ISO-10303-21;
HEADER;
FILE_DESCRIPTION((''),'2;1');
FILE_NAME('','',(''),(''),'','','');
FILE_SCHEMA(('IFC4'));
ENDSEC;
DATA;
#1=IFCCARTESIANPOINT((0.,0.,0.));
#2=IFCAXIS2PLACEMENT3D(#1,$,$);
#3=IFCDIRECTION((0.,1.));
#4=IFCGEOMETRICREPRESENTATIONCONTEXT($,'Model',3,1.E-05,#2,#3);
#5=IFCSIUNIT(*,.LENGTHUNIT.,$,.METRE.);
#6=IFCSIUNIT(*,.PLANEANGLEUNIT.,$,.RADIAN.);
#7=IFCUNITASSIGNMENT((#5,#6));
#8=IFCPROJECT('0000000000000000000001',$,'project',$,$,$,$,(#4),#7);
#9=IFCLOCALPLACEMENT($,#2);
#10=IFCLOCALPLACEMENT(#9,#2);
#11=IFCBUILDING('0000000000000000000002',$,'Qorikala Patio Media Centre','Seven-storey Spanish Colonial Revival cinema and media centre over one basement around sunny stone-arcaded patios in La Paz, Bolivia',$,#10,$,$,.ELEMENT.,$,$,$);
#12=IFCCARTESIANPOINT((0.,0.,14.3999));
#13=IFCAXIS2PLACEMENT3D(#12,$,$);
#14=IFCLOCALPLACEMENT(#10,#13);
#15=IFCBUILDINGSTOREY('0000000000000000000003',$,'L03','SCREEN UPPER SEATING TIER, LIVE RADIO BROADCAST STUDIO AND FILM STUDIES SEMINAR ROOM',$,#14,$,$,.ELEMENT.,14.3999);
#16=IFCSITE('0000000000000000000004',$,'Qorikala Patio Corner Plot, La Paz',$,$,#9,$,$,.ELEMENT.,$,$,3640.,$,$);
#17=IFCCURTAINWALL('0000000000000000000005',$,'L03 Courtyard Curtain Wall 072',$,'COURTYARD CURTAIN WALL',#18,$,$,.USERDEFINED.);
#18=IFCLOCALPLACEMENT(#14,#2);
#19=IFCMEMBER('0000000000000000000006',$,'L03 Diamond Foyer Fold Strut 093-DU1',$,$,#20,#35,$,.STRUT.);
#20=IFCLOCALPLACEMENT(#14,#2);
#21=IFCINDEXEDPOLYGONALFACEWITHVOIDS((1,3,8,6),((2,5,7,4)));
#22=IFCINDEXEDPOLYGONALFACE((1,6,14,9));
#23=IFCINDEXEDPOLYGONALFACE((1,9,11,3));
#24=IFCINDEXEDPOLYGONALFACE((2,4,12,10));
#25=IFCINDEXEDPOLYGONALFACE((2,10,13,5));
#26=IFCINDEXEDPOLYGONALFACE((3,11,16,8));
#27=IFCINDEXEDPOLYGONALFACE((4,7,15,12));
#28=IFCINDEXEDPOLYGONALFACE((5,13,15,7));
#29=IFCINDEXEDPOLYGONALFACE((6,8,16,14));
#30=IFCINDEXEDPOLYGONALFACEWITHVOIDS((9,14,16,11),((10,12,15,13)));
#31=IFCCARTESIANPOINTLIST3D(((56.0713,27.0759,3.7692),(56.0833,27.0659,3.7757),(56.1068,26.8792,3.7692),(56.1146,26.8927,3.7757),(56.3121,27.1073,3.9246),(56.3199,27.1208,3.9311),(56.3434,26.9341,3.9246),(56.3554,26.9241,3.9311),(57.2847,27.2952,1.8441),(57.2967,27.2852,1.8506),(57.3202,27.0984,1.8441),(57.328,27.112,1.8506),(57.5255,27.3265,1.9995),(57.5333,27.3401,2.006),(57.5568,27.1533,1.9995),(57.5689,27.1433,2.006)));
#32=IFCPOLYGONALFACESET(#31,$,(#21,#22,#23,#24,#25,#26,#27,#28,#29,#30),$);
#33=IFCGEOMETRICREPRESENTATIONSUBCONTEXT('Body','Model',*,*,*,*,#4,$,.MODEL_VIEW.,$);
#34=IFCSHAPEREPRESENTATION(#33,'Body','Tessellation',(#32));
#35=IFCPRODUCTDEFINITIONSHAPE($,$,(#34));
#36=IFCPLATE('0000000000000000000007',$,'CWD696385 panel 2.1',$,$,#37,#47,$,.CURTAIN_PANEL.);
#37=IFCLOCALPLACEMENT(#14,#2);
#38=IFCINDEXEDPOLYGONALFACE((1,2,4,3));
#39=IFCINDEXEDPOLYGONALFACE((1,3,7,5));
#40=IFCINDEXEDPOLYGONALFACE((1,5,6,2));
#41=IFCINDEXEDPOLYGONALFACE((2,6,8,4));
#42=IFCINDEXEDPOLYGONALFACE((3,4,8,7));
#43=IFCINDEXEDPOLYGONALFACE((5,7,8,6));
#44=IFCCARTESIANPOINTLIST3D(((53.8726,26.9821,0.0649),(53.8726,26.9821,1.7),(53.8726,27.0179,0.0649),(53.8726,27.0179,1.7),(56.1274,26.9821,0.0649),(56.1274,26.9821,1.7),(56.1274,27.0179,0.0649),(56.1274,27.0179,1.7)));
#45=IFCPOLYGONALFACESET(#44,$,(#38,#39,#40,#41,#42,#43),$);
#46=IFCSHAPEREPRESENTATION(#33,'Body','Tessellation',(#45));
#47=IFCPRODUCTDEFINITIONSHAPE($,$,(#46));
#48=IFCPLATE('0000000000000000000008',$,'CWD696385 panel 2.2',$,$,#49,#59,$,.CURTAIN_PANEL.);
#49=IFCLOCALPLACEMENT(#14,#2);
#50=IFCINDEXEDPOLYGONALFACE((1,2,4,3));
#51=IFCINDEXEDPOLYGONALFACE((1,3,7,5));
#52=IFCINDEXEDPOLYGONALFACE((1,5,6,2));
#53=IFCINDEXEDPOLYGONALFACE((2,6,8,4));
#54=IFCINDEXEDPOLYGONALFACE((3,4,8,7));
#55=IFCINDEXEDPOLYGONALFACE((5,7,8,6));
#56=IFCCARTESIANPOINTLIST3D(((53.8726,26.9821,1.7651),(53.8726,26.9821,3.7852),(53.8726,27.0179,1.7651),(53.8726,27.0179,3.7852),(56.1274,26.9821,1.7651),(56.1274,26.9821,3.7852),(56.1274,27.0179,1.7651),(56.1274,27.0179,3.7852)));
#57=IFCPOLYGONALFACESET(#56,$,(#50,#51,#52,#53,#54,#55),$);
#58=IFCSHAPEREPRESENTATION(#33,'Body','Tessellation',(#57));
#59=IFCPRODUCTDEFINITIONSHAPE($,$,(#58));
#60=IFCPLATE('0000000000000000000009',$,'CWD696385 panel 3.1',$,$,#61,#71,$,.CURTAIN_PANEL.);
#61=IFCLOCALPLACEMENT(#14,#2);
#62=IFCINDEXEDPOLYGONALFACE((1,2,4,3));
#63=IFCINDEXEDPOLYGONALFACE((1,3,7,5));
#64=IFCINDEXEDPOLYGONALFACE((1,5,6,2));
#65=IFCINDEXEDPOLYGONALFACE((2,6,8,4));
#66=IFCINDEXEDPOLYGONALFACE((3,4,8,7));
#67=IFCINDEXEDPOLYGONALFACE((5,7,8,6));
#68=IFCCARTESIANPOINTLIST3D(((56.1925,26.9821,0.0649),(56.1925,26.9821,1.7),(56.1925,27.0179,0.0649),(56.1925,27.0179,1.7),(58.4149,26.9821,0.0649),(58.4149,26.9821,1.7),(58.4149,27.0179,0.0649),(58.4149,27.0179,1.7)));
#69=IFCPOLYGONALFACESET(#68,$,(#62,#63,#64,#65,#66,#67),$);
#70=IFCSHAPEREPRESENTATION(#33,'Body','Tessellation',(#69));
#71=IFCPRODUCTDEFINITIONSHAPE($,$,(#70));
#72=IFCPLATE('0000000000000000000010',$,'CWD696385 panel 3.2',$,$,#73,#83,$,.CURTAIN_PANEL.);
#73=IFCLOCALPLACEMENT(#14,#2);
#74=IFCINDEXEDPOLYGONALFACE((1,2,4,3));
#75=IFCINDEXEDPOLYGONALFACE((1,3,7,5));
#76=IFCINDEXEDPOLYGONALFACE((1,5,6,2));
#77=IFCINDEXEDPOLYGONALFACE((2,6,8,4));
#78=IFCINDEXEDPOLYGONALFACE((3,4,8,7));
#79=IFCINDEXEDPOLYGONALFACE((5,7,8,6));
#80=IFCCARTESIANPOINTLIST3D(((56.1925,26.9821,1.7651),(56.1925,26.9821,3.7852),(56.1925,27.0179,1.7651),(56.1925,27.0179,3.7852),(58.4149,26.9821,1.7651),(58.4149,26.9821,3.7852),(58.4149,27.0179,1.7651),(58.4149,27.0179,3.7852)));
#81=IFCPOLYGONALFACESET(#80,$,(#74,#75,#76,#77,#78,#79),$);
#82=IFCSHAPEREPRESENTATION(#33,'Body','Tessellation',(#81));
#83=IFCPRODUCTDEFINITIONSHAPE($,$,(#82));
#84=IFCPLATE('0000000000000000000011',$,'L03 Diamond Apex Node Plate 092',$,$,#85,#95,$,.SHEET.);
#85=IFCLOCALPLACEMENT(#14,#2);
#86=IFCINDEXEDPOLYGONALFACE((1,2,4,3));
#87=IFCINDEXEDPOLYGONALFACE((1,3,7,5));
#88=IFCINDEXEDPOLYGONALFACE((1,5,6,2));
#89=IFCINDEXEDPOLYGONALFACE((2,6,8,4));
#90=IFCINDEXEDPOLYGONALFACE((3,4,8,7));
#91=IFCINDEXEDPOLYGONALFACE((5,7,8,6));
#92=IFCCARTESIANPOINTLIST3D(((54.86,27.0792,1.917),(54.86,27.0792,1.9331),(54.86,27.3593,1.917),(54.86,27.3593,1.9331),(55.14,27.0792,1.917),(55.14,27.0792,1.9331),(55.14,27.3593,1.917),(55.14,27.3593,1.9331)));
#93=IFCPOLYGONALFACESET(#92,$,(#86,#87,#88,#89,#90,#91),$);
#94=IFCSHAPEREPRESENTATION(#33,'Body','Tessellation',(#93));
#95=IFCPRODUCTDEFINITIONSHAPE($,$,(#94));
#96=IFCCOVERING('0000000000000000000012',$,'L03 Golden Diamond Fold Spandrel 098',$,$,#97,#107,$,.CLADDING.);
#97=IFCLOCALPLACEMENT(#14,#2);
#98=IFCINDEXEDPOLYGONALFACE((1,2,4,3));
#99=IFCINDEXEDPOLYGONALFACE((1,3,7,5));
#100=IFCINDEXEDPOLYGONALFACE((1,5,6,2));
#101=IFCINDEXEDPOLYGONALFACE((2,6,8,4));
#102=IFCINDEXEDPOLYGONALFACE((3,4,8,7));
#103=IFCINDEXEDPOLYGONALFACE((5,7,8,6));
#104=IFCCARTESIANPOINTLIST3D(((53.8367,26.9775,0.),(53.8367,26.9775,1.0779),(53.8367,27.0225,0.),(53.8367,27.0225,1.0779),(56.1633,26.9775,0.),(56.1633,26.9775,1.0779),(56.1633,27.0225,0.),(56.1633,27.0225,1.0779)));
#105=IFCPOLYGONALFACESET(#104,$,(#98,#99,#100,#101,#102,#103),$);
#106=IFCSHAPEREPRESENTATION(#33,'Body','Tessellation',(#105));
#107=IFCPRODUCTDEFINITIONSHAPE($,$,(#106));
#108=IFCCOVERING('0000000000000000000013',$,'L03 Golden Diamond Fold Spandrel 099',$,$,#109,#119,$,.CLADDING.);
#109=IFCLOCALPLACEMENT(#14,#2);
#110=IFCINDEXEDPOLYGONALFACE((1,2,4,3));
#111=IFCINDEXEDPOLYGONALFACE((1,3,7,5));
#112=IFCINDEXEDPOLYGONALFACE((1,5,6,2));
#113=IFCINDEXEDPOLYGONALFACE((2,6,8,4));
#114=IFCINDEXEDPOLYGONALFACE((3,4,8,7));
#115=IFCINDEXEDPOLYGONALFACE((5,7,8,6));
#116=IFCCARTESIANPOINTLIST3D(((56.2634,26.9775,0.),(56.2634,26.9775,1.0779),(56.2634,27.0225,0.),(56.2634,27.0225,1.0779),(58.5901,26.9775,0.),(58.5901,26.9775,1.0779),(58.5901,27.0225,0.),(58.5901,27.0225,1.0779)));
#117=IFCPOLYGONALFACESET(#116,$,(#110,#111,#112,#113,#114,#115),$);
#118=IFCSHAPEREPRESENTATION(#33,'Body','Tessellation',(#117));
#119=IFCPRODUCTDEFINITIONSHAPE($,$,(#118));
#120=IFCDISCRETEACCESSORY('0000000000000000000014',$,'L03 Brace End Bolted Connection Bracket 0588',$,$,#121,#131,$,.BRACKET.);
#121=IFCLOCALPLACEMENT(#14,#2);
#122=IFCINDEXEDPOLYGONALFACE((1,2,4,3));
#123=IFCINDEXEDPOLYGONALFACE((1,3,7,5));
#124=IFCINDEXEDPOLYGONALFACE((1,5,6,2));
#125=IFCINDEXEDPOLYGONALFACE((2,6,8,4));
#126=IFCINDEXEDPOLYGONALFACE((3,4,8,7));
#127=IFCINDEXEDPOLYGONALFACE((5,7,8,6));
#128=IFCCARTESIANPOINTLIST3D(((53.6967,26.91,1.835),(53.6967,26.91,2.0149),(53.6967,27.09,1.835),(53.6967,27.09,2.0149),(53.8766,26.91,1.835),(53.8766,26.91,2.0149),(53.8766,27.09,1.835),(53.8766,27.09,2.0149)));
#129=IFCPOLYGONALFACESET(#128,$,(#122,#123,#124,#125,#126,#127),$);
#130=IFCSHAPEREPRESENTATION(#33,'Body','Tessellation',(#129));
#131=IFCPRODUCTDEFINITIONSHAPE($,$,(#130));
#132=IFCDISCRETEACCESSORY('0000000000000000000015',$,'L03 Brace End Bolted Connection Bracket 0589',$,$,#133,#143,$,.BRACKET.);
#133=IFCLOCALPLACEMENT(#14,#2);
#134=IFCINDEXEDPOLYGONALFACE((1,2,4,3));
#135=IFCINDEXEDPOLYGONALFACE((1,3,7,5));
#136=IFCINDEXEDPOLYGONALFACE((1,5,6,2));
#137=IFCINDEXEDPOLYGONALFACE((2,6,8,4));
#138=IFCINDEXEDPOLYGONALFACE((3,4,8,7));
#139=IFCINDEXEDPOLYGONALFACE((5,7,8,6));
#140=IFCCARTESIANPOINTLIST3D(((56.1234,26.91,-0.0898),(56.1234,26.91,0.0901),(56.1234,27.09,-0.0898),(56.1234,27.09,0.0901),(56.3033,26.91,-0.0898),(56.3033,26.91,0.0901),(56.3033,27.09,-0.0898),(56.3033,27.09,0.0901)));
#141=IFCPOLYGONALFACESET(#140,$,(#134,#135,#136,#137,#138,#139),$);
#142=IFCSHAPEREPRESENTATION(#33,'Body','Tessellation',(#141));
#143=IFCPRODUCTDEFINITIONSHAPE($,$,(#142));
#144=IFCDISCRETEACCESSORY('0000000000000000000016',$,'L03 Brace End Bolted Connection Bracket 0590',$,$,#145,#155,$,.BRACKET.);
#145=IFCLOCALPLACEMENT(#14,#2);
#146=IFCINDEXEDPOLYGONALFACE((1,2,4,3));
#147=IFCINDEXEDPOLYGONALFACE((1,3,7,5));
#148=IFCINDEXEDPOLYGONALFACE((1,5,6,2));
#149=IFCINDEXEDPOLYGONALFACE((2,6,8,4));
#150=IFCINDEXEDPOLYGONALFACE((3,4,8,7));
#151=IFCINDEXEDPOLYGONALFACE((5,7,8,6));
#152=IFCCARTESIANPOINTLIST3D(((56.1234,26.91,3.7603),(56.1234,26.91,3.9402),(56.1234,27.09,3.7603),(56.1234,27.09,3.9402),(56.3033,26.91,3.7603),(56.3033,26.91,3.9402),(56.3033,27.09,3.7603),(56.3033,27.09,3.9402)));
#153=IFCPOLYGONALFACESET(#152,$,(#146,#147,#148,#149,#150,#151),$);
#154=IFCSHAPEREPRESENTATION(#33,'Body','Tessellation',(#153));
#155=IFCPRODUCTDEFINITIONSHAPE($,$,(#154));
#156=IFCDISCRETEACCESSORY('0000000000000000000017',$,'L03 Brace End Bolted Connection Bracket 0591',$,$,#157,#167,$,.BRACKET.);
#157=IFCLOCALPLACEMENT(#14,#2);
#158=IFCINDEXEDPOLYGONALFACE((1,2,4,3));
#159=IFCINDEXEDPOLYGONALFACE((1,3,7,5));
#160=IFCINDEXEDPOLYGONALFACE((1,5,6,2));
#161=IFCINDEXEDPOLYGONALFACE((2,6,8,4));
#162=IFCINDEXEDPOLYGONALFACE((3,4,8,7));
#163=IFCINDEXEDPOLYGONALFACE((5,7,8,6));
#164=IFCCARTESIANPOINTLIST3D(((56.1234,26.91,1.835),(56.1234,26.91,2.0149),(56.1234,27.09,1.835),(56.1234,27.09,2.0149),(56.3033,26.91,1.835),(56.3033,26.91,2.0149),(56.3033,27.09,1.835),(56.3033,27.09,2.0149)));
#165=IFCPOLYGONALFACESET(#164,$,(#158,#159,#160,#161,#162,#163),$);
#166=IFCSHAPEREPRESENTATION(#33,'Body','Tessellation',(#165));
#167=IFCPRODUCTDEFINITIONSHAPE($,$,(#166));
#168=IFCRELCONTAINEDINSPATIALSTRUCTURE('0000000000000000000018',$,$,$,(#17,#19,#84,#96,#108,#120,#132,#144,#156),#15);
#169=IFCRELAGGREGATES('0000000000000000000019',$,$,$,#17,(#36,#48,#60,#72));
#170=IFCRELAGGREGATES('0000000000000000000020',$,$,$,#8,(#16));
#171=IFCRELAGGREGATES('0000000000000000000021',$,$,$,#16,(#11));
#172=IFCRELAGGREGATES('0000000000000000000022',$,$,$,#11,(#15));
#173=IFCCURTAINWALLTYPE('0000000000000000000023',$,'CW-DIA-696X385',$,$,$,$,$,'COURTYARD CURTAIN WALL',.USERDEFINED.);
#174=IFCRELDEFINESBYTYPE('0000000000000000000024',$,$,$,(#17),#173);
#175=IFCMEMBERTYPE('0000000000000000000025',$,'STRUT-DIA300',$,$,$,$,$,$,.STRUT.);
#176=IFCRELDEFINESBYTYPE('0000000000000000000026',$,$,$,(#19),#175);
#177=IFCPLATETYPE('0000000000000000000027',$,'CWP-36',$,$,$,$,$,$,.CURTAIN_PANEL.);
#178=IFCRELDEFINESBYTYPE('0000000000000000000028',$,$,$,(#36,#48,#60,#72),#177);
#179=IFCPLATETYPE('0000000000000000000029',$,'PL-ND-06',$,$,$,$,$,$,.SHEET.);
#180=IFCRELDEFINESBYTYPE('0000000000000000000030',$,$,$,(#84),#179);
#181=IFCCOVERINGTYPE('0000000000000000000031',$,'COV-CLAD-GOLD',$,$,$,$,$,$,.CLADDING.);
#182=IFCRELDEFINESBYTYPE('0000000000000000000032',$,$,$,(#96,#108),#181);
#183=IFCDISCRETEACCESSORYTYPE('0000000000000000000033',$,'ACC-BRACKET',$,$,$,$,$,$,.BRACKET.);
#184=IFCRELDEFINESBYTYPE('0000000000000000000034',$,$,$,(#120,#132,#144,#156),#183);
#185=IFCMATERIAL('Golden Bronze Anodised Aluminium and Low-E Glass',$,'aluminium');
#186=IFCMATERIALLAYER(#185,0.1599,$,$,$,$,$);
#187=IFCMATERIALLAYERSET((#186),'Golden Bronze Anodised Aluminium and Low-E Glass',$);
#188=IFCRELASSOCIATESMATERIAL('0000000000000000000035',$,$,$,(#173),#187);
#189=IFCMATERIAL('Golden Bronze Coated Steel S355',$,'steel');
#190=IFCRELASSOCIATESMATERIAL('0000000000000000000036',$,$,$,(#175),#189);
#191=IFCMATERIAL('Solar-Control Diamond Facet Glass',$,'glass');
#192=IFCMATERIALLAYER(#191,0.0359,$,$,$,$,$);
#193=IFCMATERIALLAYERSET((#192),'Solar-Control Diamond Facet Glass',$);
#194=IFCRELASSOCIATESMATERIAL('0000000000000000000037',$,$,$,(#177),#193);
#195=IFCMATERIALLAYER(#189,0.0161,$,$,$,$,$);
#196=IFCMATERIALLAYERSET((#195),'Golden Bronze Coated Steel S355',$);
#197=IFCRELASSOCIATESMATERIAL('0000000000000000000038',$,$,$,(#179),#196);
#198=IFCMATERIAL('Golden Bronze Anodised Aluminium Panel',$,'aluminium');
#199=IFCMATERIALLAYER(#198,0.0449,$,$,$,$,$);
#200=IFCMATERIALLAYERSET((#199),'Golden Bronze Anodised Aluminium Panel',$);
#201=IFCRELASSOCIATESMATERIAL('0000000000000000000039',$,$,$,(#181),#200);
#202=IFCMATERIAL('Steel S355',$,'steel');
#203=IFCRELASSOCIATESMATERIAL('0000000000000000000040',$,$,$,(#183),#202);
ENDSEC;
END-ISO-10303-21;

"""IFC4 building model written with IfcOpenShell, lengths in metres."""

from ifc_helpers import new_model, si_unit, direction, frame, origin, origin_2d, place, context, subcontext, project, spatial, rectangle, hollow_rectangle, extrude, material, layer, layer_set, material_profile, profile_set, type_object, element, aggregate, save


model = new_model("IFC4")

# Units and contexts
model_context = context("Model", 3, precision=1e-05, world=origin(), true_north=direction((0.0, 1.0)))
body_context = subcontext(model_context, "Body", "Model", "MODEL_VIEW")
ifc_project = project(units=[si_unit("LENGTHUNIT", "METRE"), si_unit("PLANEANGLEUNIT", "RADIAN")], contexts=[model_context])

# Site, building, storey
site_placement = place(None, origin())
site = spatial("IfcSite", under=ifc_project, at=site_placement, Name="Qorikala Patio Corner Plot, La Paz", CompositionType="ELEMENT", RefElevation=3640.0)
building_placement = place(site_placement, origin())
building = spatial("IfcBuilding", under=site, at=building_placement, Name="Qorikala Patio Media Centre", Description="Seven-storey Spanish Colonial Revival cinema and media centre over one basement around sunny stone-arcaded patios in La Paz, Bolivia", CompositionType="ELEMENT")
storey_placement = place(building_placement, frame((0.0, 0.0, 14.3999)))
storey = spatial("IfcBuildingStorey", under=building, at=storey_placement, Name="L03", Description="SCREEN UPPER SEATING TIER, LIVE RADIO BROADCAST STUDIO AND FILM STUDIES SEMINAR ROOM", CompositionType="ELEMENT", Elevation=14.3999)

# Shared definitions
ifc_material_1 = material(Name="Golden Bronze Coated Steel S355", Category="steel")

# Curtain wall
ifc_material_2 = material(Name="Golden Bronze Anodised Aluminium and Low-E Glass", Category="aluminium")
ifc_layer_1 = layer(ifc_material_2, 0.1599)
ifc_layer_set_1 = layer_set([ifc_layer_1], Name="Golden Bronze Anodised Aluminium and Low-E Glass")
curtain_wall_type = type_object("IfcCurtainWallType", Name="CW-DIA-696X385", ElementType="COURTYARD CURTAIN WALL", PredefinedType="USERDEFINED", material=ifc_layer_set_1)
curtain_wall_placement = place(storey_placement, origin())
curtain_wall = element("IfcCurtainWall", 1, at=curtain_wall_placement, inside=storey, type_object=curtain_wall_type, Name="L03 Courtyard Curtain Wall 072", ObjectType="COURTYARD CURTAIN WALL", PredefinedType="USERDEFINED")

# Member
ifc_material_profile_1 = material_profile(ifc_material_1, hollow_rectangle(XDim=0.2, YDim=0.3, WallThickness=0.012, at=origin_2d()), Name="HSS300X200X12")
ifc_profile_set_1 = profile_set([ifc_material_profile_1], Name="Golden Bronze Coated Steel S355")
member_type_1 = type_object("IfcMemberType", Name="STRUT-DIA300", PredefinedType="STRUT", material=ifc_profile_set_1)
for number, where, z_axis, x_axis, name in (
    (2, (57.4268, 27.2192, 1.925), (-0.530768, -0.095901, 0.842074), (0.177805, -0.984066, 0.0), "L03 Diamond Foyer Fold Strut 093-DU1"),
):
    element("IfcMember", number, at=place(storey_placement, frame(where, z_axis=z_axis, x_axis=x_axis)), inside=storey, type_object=member_type_1, Name=name, PredefinedType="STRUT", context=body_context, shape_type="SweptSolid", body=[
        extrude(hollow_rectangle(XDim=0.2, YDim=0.3, WallThickness=0.012, at=origin_2d()), origin(), (0.0, 0.0, 1.0), 2.2861),
    ])

# Plates
ifc_material_3 = material(Name="Solar-Control Diamond Facet Glass", Category="glass")
ifc_layer_2 = layer(ifc_material_3, 0.0359)
ifc_layer_set_2 = layer_set([ifc_layer_2], Name="Solar-Control Diamond Facet Glass")
plate_type_1 = type_object("IfcPlateType", Name="CWP-36", PredefinedType="CURTAIN_PANEL", material=ifc_layer_set_2)
plate_1_placement = place(storey_placement, frame((55.0, 27.0, 0.0649), z_axis=(0.0, 0.0, 1.0), x_axis=(1.0, 0.0, 0.0)))
plate_1 = element("IfcPlate", 3, at=plate_1_placement, type_object=plate_type_1, Name="CWD696385 panel 2.1", PredefinedType="CURTAIN_PANEL", context=body_context, shape_type="SweptSolid", body=[
    extrude(rectangle(XDim=2.2549, YDim=0.0359, at=origin_2d()), origin(), (0.0, 0.0, 1.0), 1.635),
])
plate_2_placement = place(storey_placement, frame((55.0, 27.0, 1.7651), z_axis=(0.0, 0.0, 1.0), x_axis=(1.0, 0.0, 0.0)))
plate_2 = element("IfcPlate", 4, at=plate_2_placement, type_object=plate_type_1, Name="CWD696385 panel 2.2", PredefinedType="CURTAIN_PANEL", context=body_context, shape_type="SweptSolid", body=[
    extrude(rectangle(XDim=2.2549, YDim=0.0359, at=origin_2d()), origin(), (0.0, 0.0, 1.0), 2.02),
])
plate_3_placement = place(storey_placement, frame((57.3037, 27.0, 0.0649), z_axis=(0.0, 0.0, 1.0), x_axis=(1.0, 0.0, 0.0)))
plate_3 = element("IfcPlate", 5, at=plate_3_placement, type_object=plate_type_1, Name="CWD696385 panel 3.1", PredefinedType="CURTAIN_PANEL", context=body_context, shape_type="SweptSolid", body=[
    extrude(rectangle(XDim=2.2224, YDim=0.0359, at=origin_2d()), origin(), (0.0, 0.0, 1.0), 1.635),
])
plate_4_placement = place(storey_placement, frame((57.3037, 27.0, 1.7651), z_axis=(0.0, 0.0, 1.0), x_axis=(1.0, 0.0, 0.0)))
plate_4 = element("IfcPlate", 6, at=plate_4_placement, type_object=plate_type_1, Name="CWD696385 panel 3.2", PredefinedType="CURTAIN_PANEL", context=body_context, shape_type="SweptSolid", body=[
    extrude(rectangle(XDim=2.2224, YDim=0.0359, at=origin_2d()), origin(), (0.0, 0.0, 1.0), 2.02),
])
aggregate(curtain_wall, [plate_1, plate_2, plate_3, plate_4])
ifc_layer_3 = layer(ifc_material_1, 0.0161)
ifc_layer_set_3 = layer_set([ifc_layer_3], Name="Golden Bronze Coated Steel S355")
plate_type_2 = type_object("IfcPlateType", Name="PL-ND-06", PredefinedType="SHEET", material=ifc_layer_set_3)
plate_5_placement = place(storey_placement, frame((55.0, 27.2192, 1.917), z_axis=(0.0, 0.0, 1.0), x_axis=(1.0, 0.0, 0.0)))
element("IfcPlate", 7, at=plate_5_placement, inside=storey, type_object=plate_type_2, Name="L03 Diamond Apex Node Plate 092", PredefinedType="SHEET", context=body_context, shape_type="SweptSolid", body=[
    extrude(rectangle(XDim=0.28, YDim=0.28, at=origin_2d()), origin(), (0.0, 0.0, 1.0), 0.0161),
])

# Coverings
ifc_material_4 = material(Name="Golden Bronze Anodised Aluminium Panel", Category="aluminium")
ifc_layer_4 = layer(ifc_material_4, 0.0449)
ifc_layer_set_4 = layer_set([ifc_layer_4], Name="Golden Bronze Anodised Aluminium Panel")
covering_type = type_object("IfcCoveringType", Name="COV-CLAD-GOLD", PredefinedType="CLADDING", material=ifc_layer_set_4)
for number, where, z_axis, x_axis, name in (
    (8, (55.0, 27.0, 0.0), (0.0, 0.0, 1.0), (1.0, 0.0, 0.0), "L03 Golden Diamond Fold Spandrel 098"),
    (9, (57.4268, 27.0, 0.0), (0.0, 0.0, 1.0), (1.0, 0.0, 0.0), "L03 Golden Diamond Fold Spandrel 099"),
):
    element("IfcCovering", number, at=place(storey_placement, frame(where, z_axis=z_axis, x_axis=x_axis)), inside=storey, type_object=covering_type, Name=name, PredefinedType="CLADDING", context=body_context, shape_type="SweptSolid", body=[
        extrude(rectangle(XDim=2.3267, YDim=0.0449, at=origin_2d()), origin(), (0.0, 0.0, 1.0), 1.0779),
    ])

# Discrete accessories
ifc_material_5 = material(Name="Steel S355", Category="steel")
discrete_accessory_type = type_object("IfcDiscreteAccessoryType", Name="ACC-BRACKET", PredefinedType="BRACKET", material=ifc_material_5)
for number, where, z_axis, x_axis, name in (
    (10, (53.7866, 27.0, 1.835), (0.0, 0.0, 1.0), (1.0, 0.0, 0.0), "L03 Brace End Bolted Connection Bracket 0588"),
    (11, (56.2134, 27.0, -0.0898), (0.0, 0.0, 1.0), (1.0, 0.0, 0.0), "L03 Brace End Bolted Connection Bracket 0589"),
    (12, (56.2134, 27.0, 3.7603), (0.0, 0.0, 1.0), (1.0, 0.0, 0.0), "L03 Brace End Bolted Connection Bracket 0590"),
    (13, (56.2134, 27.0, 1.835), (0.0, 0.0, 1.0), (1.0, 0.0, 0.0), "L03 Brace End Bolted Connection Bracket 0591"),
):
    element("IfcDiscreteAccessory", number, at=place(storey_placement, frame(where, z_axis=z_axis, x_axis=x_axis)), inside=storey, type_object=discrete_accessory_type, Name=name, PredefinedType="BRACKET", context=body_context, shape_type="SweptSolid", body=[
        extrude(rectangle(XDim=0.1799, YDim=0.1799, at=origin_2d()), origin(), (0.0, 0.0, 1.0), 0.1799),
    ])

save(model, "model.ifc")
